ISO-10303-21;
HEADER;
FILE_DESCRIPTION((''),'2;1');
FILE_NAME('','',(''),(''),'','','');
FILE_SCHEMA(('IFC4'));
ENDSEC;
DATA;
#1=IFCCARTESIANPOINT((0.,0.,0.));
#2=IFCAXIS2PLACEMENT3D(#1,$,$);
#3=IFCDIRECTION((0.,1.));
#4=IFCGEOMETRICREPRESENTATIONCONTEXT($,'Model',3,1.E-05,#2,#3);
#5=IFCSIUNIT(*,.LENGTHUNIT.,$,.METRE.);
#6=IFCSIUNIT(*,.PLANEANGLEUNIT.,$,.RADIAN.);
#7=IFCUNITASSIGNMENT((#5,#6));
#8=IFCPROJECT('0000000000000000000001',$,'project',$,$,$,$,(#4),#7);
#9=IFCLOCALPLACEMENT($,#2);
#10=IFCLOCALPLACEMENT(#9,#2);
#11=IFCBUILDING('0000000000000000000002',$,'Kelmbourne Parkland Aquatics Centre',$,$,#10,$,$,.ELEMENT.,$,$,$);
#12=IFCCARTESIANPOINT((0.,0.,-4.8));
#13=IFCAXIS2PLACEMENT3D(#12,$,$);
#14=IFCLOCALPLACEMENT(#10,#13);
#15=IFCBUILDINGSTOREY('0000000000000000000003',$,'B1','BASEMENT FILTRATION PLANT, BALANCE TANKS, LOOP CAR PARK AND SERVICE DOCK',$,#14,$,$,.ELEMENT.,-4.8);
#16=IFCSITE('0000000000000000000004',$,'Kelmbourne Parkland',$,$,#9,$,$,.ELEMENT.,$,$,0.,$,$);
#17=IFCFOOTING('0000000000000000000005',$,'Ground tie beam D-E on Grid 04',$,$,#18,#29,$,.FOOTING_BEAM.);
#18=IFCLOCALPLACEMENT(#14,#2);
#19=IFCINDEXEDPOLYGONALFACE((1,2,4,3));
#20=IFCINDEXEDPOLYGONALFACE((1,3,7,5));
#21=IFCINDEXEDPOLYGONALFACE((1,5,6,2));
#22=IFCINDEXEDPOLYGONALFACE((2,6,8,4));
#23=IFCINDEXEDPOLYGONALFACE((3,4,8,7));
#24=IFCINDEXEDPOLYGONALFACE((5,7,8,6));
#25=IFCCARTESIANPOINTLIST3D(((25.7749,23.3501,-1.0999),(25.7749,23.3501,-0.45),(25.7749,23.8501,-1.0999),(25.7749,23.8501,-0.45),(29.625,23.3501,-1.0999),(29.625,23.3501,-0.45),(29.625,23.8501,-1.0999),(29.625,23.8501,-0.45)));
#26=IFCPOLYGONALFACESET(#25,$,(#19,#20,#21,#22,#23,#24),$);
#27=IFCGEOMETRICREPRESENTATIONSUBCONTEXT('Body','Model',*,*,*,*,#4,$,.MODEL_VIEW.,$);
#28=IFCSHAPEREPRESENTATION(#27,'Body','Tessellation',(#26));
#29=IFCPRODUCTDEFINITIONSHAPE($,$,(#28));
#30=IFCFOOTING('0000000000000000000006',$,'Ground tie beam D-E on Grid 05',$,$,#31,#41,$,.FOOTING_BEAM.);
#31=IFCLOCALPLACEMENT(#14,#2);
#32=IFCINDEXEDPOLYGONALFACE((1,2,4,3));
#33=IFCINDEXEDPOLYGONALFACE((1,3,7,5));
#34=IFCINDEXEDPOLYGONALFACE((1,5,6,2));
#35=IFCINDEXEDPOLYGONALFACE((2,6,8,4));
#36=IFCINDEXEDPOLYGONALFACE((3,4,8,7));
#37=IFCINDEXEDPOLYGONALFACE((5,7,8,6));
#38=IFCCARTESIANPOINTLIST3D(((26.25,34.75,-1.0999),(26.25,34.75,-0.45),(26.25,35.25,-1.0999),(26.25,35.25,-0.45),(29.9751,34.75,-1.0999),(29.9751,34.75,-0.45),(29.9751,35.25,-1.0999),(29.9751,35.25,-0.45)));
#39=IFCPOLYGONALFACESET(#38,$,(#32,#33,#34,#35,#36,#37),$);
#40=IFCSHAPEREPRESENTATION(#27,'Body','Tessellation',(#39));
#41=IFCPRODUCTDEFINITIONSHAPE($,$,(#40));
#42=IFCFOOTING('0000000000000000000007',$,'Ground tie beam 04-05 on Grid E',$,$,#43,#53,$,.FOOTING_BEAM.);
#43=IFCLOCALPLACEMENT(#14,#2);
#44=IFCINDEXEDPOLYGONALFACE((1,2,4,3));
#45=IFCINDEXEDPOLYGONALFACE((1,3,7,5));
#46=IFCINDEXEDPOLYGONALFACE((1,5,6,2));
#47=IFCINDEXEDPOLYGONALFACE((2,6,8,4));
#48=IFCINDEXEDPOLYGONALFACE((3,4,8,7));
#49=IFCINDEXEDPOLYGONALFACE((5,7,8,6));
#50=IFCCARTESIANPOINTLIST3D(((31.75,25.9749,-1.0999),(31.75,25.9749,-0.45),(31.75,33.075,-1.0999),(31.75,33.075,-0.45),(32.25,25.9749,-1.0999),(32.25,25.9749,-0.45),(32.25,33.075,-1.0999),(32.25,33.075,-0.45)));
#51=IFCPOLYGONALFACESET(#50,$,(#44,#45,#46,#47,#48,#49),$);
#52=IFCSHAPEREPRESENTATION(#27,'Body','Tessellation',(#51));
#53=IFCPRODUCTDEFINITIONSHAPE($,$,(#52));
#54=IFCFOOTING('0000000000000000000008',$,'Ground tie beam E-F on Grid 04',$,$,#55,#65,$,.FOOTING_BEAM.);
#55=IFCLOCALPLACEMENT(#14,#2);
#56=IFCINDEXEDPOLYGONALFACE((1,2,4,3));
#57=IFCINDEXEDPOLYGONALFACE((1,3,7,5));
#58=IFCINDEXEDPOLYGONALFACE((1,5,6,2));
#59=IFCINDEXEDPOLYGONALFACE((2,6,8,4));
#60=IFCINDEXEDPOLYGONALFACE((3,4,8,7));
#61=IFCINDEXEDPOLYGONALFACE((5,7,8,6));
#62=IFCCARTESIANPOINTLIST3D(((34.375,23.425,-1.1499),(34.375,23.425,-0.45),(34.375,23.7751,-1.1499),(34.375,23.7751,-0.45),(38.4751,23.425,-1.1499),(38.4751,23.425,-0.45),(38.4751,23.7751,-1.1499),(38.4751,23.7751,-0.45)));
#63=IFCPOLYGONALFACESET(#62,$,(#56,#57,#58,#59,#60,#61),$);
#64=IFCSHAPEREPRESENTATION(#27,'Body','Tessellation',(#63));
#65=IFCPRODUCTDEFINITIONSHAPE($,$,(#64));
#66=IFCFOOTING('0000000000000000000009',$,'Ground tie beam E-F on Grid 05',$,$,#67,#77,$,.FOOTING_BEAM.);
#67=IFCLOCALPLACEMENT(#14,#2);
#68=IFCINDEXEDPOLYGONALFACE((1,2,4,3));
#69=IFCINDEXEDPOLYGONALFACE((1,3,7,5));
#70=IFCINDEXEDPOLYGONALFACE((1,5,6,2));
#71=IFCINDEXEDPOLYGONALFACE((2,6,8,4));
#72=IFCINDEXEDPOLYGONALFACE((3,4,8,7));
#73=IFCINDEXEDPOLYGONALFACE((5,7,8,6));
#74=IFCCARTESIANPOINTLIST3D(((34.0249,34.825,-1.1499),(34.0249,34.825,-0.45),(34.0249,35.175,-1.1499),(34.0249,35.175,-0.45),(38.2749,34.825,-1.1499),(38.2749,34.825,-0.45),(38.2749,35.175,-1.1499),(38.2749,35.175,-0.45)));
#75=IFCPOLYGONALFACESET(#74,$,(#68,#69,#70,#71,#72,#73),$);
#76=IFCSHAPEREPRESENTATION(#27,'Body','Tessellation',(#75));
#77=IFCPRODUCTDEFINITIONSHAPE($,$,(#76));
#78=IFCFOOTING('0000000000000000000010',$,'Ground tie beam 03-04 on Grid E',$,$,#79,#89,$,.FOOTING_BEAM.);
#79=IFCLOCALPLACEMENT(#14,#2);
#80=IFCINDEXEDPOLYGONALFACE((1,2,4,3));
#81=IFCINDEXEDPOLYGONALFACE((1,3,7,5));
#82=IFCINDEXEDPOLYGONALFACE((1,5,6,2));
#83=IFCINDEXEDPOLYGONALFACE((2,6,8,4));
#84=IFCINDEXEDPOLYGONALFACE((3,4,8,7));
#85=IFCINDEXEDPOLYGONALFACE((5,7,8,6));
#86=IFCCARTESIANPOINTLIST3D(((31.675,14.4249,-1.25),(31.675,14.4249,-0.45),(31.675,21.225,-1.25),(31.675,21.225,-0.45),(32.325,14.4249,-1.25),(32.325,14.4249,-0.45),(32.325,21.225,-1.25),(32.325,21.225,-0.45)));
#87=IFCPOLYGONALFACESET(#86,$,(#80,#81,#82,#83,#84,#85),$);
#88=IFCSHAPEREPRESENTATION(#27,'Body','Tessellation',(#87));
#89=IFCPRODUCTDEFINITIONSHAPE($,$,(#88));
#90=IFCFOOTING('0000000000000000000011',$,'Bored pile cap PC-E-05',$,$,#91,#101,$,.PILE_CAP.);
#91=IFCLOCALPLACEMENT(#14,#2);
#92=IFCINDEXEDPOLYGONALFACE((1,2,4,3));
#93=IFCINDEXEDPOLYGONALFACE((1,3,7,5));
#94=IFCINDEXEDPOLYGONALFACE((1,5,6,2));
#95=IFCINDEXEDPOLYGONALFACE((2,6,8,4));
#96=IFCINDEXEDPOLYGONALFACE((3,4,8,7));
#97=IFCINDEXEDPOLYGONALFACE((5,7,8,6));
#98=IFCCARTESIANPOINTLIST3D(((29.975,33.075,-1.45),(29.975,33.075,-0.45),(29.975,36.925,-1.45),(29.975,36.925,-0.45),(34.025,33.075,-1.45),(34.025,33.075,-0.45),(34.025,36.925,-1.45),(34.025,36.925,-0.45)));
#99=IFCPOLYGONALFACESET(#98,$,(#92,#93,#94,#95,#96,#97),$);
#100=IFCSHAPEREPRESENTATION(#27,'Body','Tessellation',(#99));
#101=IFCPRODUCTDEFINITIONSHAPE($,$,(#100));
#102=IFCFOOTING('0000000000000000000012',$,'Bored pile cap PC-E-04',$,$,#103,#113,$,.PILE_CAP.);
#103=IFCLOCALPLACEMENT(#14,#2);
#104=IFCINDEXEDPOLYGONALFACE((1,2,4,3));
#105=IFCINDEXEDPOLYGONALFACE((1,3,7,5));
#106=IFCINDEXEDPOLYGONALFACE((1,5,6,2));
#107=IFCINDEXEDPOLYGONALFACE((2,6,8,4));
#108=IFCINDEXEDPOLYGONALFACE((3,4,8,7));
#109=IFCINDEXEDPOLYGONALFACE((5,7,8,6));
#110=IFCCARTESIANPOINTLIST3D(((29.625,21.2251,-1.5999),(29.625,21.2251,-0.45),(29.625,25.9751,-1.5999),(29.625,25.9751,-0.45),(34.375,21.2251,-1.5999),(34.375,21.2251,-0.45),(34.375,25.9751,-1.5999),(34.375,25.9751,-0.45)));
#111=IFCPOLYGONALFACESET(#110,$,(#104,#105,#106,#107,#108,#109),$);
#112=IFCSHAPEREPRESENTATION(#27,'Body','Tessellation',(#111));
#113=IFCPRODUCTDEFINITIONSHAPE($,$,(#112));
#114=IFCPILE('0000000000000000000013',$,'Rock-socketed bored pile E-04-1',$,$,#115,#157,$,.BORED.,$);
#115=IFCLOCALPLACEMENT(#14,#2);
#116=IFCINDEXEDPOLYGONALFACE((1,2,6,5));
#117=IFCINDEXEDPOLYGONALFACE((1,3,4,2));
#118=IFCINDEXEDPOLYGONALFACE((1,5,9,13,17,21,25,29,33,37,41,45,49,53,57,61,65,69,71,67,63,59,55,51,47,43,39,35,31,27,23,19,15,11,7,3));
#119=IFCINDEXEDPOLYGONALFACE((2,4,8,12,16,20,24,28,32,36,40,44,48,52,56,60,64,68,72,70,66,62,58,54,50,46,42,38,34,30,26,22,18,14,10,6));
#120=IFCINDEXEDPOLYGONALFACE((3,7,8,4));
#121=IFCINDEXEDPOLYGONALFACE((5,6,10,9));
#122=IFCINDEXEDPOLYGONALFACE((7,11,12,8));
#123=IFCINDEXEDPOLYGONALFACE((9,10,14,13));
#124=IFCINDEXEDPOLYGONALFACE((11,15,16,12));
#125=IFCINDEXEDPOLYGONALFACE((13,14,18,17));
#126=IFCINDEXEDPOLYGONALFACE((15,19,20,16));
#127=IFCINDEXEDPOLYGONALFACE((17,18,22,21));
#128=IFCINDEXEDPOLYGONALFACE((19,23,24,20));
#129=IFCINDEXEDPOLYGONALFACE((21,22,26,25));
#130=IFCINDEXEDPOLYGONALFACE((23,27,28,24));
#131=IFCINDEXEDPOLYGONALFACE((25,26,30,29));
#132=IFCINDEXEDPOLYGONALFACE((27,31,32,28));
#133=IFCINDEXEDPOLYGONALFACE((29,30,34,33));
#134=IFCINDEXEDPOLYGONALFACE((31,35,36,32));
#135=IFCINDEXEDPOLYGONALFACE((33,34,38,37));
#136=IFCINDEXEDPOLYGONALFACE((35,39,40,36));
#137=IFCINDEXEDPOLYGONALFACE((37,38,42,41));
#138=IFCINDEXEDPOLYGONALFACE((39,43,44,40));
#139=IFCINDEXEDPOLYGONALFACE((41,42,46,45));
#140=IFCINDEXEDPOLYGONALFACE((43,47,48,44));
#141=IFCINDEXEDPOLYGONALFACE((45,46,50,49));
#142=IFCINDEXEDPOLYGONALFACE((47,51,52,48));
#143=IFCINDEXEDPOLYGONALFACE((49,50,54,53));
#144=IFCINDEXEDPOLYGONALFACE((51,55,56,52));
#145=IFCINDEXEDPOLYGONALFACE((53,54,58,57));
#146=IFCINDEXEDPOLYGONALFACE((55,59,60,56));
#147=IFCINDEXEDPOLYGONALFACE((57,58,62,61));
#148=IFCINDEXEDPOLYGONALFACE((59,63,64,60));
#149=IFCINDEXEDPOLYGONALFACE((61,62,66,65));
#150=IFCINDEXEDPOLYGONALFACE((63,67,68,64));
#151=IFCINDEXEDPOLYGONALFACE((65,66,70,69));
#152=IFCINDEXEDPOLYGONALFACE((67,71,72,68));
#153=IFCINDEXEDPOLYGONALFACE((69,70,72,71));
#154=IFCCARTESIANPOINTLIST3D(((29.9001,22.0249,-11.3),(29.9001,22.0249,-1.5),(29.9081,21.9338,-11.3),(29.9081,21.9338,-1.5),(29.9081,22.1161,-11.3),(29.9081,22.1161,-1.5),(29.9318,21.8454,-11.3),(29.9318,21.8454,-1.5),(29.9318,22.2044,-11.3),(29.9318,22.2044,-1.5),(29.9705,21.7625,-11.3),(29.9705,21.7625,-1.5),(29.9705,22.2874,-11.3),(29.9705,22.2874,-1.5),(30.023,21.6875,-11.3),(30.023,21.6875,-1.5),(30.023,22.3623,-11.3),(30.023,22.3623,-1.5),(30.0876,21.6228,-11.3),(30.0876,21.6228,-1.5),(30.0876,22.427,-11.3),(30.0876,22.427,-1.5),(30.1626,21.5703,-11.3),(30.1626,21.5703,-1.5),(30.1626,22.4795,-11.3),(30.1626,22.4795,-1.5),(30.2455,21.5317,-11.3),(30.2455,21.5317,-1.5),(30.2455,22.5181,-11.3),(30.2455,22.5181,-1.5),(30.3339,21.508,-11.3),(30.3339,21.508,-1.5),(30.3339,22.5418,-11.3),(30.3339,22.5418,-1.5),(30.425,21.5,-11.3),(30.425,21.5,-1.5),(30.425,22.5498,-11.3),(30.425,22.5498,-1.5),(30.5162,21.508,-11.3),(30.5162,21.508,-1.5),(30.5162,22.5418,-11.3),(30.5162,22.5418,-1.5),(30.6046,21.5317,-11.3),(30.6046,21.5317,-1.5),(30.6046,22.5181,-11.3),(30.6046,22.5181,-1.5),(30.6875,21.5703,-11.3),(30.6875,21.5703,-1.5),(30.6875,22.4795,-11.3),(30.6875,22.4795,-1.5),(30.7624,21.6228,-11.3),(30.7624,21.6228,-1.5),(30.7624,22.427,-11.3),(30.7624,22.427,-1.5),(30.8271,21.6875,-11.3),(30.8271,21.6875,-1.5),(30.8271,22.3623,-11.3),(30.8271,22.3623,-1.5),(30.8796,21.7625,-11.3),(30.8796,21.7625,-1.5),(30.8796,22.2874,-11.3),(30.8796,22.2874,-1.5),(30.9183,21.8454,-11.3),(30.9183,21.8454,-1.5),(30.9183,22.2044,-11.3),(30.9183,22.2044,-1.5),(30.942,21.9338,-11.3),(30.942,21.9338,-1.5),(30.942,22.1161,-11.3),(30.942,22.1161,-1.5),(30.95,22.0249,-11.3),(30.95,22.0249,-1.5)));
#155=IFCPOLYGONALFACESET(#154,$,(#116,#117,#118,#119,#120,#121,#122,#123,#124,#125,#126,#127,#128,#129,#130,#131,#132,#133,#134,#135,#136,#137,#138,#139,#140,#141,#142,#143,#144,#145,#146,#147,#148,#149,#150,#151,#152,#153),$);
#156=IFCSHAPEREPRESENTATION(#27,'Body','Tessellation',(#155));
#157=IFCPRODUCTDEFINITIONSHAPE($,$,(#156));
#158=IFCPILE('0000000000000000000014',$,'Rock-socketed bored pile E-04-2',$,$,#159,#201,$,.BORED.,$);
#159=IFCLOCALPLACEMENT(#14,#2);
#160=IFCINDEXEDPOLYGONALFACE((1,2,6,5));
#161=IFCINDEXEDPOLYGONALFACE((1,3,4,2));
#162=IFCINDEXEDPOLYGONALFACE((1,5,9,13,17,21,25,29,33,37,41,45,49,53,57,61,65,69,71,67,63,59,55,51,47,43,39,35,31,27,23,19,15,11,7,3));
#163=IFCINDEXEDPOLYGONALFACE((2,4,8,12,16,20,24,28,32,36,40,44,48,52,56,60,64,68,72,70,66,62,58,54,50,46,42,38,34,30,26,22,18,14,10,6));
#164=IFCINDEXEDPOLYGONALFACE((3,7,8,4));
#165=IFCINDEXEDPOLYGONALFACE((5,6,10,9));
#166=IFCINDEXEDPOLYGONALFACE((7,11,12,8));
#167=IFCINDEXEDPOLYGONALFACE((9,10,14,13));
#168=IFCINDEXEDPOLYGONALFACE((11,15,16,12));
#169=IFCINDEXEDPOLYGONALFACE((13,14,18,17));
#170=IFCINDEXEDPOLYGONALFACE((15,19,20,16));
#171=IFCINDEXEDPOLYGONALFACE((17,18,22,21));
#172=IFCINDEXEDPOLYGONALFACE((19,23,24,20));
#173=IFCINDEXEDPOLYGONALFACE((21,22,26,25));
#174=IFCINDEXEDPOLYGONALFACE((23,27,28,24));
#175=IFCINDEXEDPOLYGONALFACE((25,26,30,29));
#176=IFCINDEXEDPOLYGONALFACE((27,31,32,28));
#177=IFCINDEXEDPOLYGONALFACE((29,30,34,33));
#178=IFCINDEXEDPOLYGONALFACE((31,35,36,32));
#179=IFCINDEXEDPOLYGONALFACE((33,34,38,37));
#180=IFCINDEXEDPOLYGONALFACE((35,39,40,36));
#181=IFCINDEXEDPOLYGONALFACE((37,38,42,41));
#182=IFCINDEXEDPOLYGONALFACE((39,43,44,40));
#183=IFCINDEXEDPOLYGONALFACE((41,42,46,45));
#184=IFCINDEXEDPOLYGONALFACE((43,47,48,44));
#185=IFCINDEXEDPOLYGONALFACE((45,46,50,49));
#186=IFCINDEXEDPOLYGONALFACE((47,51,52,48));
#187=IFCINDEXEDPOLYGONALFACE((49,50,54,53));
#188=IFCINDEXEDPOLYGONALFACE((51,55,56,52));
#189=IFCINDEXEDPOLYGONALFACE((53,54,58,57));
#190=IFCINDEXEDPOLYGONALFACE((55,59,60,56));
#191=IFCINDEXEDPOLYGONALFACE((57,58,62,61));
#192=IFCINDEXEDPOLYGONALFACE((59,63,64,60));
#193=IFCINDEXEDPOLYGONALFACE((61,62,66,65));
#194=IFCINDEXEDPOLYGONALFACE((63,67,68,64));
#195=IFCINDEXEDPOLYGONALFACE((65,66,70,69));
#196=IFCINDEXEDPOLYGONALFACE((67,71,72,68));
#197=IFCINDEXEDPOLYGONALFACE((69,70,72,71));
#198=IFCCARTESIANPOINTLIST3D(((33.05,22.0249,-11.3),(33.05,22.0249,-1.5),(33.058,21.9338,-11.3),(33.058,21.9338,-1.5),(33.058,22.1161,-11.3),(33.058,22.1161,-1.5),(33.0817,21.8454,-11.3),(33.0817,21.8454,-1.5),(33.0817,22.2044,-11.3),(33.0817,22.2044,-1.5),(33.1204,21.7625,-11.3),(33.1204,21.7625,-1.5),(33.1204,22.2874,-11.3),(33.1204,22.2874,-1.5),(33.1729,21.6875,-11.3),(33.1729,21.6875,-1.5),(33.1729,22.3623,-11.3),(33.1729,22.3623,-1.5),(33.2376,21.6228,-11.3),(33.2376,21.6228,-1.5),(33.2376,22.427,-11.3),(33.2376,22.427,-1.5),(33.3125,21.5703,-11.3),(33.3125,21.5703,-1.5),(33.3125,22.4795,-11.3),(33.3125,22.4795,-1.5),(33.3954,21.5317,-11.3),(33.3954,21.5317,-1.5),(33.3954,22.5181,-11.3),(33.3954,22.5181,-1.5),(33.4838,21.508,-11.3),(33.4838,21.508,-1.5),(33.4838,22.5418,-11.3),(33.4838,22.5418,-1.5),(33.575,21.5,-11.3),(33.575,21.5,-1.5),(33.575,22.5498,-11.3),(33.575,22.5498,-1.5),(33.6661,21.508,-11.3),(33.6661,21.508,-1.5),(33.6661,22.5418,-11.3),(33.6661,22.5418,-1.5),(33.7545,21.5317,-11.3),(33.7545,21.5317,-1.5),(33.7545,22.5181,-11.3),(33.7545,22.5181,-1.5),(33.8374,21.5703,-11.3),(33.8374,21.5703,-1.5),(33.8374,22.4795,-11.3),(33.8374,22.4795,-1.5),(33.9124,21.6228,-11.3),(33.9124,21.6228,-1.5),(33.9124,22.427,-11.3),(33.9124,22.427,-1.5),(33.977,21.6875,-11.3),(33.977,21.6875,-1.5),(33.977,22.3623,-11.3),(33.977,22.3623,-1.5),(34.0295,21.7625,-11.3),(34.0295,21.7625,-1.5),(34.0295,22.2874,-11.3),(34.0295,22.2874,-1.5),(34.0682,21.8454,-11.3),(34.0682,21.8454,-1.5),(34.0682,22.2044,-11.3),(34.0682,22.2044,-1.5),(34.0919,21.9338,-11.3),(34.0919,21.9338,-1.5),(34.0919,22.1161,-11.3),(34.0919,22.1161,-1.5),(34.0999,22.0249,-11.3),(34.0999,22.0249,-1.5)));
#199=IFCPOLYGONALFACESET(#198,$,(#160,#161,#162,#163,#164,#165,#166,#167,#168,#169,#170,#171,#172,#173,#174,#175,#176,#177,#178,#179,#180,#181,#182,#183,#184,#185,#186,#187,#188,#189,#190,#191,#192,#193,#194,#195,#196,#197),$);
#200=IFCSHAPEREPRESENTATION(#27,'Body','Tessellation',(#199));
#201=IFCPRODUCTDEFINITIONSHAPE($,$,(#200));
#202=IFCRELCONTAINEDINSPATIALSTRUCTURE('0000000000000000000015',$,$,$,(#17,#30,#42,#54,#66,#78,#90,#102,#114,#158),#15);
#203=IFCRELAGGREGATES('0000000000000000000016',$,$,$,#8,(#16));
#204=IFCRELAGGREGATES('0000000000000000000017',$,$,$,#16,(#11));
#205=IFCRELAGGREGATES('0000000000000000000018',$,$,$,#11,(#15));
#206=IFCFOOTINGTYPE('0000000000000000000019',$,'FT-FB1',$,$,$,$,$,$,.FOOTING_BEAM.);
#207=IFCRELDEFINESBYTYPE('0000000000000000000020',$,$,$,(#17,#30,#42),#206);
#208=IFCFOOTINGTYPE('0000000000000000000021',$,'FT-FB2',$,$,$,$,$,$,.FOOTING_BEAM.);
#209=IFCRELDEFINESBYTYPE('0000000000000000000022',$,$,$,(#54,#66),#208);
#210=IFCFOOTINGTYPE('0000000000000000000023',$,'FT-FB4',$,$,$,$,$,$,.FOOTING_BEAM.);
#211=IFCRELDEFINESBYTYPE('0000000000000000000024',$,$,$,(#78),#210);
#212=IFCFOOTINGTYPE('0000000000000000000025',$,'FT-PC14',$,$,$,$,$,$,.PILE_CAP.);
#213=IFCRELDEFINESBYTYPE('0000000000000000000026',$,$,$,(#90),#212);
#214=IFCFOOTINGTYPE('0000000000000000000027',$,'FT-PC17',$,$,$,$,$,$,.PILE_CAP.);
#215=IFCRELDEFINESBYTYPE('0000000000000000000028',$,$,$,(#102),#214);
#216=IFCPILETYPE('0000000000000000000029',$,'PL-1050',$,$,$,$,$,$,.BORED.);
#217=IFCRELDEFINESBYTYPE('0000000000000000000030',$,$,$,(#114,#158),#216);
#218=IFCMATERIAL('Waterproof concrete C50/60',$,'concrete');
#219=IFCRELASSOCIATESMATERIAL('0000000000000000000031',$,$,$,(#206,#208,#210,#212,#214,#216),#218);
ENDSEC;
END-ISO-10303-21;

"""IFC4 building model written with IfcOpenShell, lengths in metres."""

from ifc_helpers import new_model, si_unit, direction, frame, origin, origin_2d, place, context, subcontext, project, spatial, rectangle, circle, extrude, material, material_profile, profile_set, type_object, element, save


model = new_model("IFC4")

# Units and contexts
model_context = context("Model", 3, precision=1e-05, world=origin(), true_north=direction((0.0, 1.0)))
body_context = subcontext(model_context, "Body", "Model", "MODEL_VIEW")
ifc_project = project(units=[si_unit("LENGTHUNIT", "METRE"), si_unit("PLANEANGLEUNIT", "RADIAN")], contexts=[model_context])

# Site, building, storey
site_placement = place(None, origin())
site = spatial("IfcSite", under=ifc_project, at=site_placement, Name="Kelmbourne Parkland", CompositionType="ELEMENT", RefElevation=0.0)
building_placement = place(site_placement, origin())
building = spatial("IfcBuilding", under=site, at=building_placement, Name="Kelmbourne Parkland Aquatics Centre", CompositionType="ELEMENT")
storey_placement = place(building_placement, frame((0.0, 0.0, -4.8)))
storey = spatial("IfcBuildingStorey", under=building, at=storey_placement, Name="B1", Description="BASEMENT FILTRATION PLANT, BALANCE TANKS, LOOP CAR PARK AND SERVICE DOCK", CompositionType="ELEMENT", Elevation=-4.8)

# Footings
ifc_material_1 = material(Name="Waterproof concrete C50/60", Category="concrete")
footing_type_1 = type_object("IfcFootingType", Name="FT-FB1", PredefinedType="FOOTING_BEAM", material=ifc_material_1)
footing_1_placement = place(storey_placement, frame((27.7, 23.6001, -1.0999), z_axis=(0.0, 0.0, 1.0), x_axis=(1.0, 0.0, 0.0)))
element("IfcFooting", 1, at=footing_1_placement, inside=storey, type_object=footing_type_1, Name="Ground tie beam D-E on Grid 04", PredefinedType="FOOTING_BEAM", context=body_context, shape_type="SweptSolid", body=[
    extrude(rectangle(XDim=3.8501, YDim=0.5, at=origin_2d()), origin(), (0.0, 0.0, 1.0), 0.6499),
])
footing_2_placement = place(storey_placement, frame((28.1125, 35.0, -1.0999), z_axis=(0.0, 0.0, 1.0), x_axis=(1.0, 0.0, 0.0)))
element("IfcFooting", 2, at=footing_2_placement, inside=storey, type_object=footing_type_1, Name="Ground tie beam D-E on Grid 05", PredefinedType="FOOTING_BEAM", context=body_context, shape_type="SweptSolid", body=[
    extrude(rectangle(XDim=3.7251, YDim=0.5, at=origin_2d()), origin(), (0.0, 0.0, 1.0), 0.6499),
])
footing_3_placement = place(storey_placement, frame((32.0, 29.5249, -1.0999), z_axis=(0.0, 0.0, 1.0), x_axis=(0.0, 1.0, 0.0)))
element("IfcFooting", 3, at=footing_3_placement, inside=storey, type_object=footing_type_1, Name="Ground tie beam 04-05 on Grid E", PredefinedType="FOOTING_BEAM", context=body_context, shape_type="SweptSolid", body=[
    extrude(rectangle(XDim=7.1001, YDim=0.5, at=origin_2d()), origin(), (0.0, 0.0, 1.0), 0.6499),
])
footing_type_2 = type_object("IfcFootingType", Name="FT-FB2", PredefinedType="FOOTING_BEAM", material=ifc_material_1)
footing_4_placement = place(storey_placement, frame((36.425, 23.6001, -1.1499), z_axis=(0.0, 0.0, 1.0), x_axis=(1.0, 0.0, 0.0)))
element("IfcFooting", 4, at=footing_4_placement, inside=storey, type_object=footing_type_2, Name="Ground tie beam E-F on Grid 04", PredefinedType="FOOTING_BEAM", context=body_context, shape_type="SweptSolid", body=[
    extrude(rectangle(XDim=4.1001, YDim=0.3501, at=origin_2d()), origin(), (0.0, 0.0, 1.0), 0.7),
])
footing_5_placement = place(storey_placement, frame((36.1499, 35.0, -1.1499), z_axis=(0.0, 0.0, 1.0), x_axis=(1.0, 0.0, 0.0)))
element("IfcFooting", 5, at=footing_5_placement, inside=storey, type_object=footing_type_2, Name="Ground tie beam E-F on Grid 05", PredefinedType="FOOTING_BEAM", context=body_context, shape_type="SweptSolid", body=[
    extrude(rectangle(XDim=4.25, YDim=0.3501, at=origin_2d()), origin(), (0.0, 0.0, 1.0), 0.7),
])
footing_type_3 = type_object("IfcFootingType", Name="FT-FB4", PredefinedType="FOOTING_BEAM", material=ifc_material_1)
footing_6_placement = place(storey_placement, frame((32.0, 17.825, -1.25), z_axis=(0.0, 0.0, 1.0), x_axis=(0.0, 1.0, 0.0)))
element("IfcFooting", 6, at=footing_6_placement, inside=storey, type_object=footing_type_3, Name="Ground tie beam 03-04 on Grid E", PredefinedType="FOOTING_BEAM", context=body_context, shape_type="SweptSolid", body=[
    extrude(rectangle(XDim=6.8, YDim=0.6499, at=origin_2d()), origin(), (0.0, 0.0, 1.0), 0.8),
])
footing_type_4 = type_object("IfcFootingType", Name="FT-PC14", PredefinedType="PILE_CAP", material=ifc_material_1)
footing_7_placement = place(storey_placement, frame((32.0, 35.0, -1.45), z_axis=(0.0, 0.0, 1.0), x_axis=(1.0, 0.0, 0.0)))
element("IfcFooting", 7, at=footing_7_placement, inside=storey, type_object=footing_type_4, Name="Bored pile cap PC-E-05", PredefinedType="PILE_CAP", context=body_context, shape_type="SweptSolid", body=[
    extrude(rectangle(XDim=4.05, YDim=3.8501, at=origin_2d()), origin(), (0.0, 0.0, 1.0), 1.0),
])
footing_type_5 = type_object("IfcFootingType", Name="FT-PC17", PredefinedType="PILE_CAP", material=ifc_material_1)
footing_8_placement = place(storey_placement, frame((32.0, 23.6001, -1.5999), z_axis=(0.0, 0.0, 1.0), x_axis=(1.0, 0.0, 0.0)))
element("IfcFooting", 8, at=footing_8_placement, inside=storey, type_object=footing_type_5, Name="Bored pile cap PC-E-04", PredefinedType="PILE_CAP", context=body_context, shape_type="SweptSolid", body=[
    extrude(rectangle(XDim=4.75, YDim=4.75, at=origin_2d()), origin(), (0.0, 0.0, 1.0), 1.1499),
])

# Piles
ifc_material_profile_1 = material_profile(ifc_material_1, circle(Radius=0.5249, at=origin_2d()), Name="PILE D1050")
ifc_profile_set_1 = profile_set([ifc_material_profile_1], Name="Waterproof concrete C50/60")
pile_type_1 = type_object("IfcPileType", Name="PL-1050", PredefinedType="BORED", material=ifc_profile_set_1)
for number, where, z_axis, x_axis, name in (
    (9, (30.425, 22.0249, -1.5), (0.0, 0.0, -1.0), (1.0, 0.0, 0.0), "Rock-socketed bored pile E-04-1"),
    (10, (33.575, 22.0249, -1.5), (0.0, 0.0, -1.0), (1.0, 0.0, 0.0), "Rock-socketed bored pile E-04-2"),
):
    element("IfcPile", number, at=place(storey_placement, frame(where, z_axis=z_axis, x_axis=x_axis)), inside=storey, type_object=pile_type_1, Name=name, PredefinedType="BORED", context=body_context, shape_type="SweptSolid", body=[
        extrude(circle(Radius=0.5249, at=origin_2d()), origin(), (0.0, 0.0, 1.0), 9.8),
    ])

save(model, "model.ifc")
